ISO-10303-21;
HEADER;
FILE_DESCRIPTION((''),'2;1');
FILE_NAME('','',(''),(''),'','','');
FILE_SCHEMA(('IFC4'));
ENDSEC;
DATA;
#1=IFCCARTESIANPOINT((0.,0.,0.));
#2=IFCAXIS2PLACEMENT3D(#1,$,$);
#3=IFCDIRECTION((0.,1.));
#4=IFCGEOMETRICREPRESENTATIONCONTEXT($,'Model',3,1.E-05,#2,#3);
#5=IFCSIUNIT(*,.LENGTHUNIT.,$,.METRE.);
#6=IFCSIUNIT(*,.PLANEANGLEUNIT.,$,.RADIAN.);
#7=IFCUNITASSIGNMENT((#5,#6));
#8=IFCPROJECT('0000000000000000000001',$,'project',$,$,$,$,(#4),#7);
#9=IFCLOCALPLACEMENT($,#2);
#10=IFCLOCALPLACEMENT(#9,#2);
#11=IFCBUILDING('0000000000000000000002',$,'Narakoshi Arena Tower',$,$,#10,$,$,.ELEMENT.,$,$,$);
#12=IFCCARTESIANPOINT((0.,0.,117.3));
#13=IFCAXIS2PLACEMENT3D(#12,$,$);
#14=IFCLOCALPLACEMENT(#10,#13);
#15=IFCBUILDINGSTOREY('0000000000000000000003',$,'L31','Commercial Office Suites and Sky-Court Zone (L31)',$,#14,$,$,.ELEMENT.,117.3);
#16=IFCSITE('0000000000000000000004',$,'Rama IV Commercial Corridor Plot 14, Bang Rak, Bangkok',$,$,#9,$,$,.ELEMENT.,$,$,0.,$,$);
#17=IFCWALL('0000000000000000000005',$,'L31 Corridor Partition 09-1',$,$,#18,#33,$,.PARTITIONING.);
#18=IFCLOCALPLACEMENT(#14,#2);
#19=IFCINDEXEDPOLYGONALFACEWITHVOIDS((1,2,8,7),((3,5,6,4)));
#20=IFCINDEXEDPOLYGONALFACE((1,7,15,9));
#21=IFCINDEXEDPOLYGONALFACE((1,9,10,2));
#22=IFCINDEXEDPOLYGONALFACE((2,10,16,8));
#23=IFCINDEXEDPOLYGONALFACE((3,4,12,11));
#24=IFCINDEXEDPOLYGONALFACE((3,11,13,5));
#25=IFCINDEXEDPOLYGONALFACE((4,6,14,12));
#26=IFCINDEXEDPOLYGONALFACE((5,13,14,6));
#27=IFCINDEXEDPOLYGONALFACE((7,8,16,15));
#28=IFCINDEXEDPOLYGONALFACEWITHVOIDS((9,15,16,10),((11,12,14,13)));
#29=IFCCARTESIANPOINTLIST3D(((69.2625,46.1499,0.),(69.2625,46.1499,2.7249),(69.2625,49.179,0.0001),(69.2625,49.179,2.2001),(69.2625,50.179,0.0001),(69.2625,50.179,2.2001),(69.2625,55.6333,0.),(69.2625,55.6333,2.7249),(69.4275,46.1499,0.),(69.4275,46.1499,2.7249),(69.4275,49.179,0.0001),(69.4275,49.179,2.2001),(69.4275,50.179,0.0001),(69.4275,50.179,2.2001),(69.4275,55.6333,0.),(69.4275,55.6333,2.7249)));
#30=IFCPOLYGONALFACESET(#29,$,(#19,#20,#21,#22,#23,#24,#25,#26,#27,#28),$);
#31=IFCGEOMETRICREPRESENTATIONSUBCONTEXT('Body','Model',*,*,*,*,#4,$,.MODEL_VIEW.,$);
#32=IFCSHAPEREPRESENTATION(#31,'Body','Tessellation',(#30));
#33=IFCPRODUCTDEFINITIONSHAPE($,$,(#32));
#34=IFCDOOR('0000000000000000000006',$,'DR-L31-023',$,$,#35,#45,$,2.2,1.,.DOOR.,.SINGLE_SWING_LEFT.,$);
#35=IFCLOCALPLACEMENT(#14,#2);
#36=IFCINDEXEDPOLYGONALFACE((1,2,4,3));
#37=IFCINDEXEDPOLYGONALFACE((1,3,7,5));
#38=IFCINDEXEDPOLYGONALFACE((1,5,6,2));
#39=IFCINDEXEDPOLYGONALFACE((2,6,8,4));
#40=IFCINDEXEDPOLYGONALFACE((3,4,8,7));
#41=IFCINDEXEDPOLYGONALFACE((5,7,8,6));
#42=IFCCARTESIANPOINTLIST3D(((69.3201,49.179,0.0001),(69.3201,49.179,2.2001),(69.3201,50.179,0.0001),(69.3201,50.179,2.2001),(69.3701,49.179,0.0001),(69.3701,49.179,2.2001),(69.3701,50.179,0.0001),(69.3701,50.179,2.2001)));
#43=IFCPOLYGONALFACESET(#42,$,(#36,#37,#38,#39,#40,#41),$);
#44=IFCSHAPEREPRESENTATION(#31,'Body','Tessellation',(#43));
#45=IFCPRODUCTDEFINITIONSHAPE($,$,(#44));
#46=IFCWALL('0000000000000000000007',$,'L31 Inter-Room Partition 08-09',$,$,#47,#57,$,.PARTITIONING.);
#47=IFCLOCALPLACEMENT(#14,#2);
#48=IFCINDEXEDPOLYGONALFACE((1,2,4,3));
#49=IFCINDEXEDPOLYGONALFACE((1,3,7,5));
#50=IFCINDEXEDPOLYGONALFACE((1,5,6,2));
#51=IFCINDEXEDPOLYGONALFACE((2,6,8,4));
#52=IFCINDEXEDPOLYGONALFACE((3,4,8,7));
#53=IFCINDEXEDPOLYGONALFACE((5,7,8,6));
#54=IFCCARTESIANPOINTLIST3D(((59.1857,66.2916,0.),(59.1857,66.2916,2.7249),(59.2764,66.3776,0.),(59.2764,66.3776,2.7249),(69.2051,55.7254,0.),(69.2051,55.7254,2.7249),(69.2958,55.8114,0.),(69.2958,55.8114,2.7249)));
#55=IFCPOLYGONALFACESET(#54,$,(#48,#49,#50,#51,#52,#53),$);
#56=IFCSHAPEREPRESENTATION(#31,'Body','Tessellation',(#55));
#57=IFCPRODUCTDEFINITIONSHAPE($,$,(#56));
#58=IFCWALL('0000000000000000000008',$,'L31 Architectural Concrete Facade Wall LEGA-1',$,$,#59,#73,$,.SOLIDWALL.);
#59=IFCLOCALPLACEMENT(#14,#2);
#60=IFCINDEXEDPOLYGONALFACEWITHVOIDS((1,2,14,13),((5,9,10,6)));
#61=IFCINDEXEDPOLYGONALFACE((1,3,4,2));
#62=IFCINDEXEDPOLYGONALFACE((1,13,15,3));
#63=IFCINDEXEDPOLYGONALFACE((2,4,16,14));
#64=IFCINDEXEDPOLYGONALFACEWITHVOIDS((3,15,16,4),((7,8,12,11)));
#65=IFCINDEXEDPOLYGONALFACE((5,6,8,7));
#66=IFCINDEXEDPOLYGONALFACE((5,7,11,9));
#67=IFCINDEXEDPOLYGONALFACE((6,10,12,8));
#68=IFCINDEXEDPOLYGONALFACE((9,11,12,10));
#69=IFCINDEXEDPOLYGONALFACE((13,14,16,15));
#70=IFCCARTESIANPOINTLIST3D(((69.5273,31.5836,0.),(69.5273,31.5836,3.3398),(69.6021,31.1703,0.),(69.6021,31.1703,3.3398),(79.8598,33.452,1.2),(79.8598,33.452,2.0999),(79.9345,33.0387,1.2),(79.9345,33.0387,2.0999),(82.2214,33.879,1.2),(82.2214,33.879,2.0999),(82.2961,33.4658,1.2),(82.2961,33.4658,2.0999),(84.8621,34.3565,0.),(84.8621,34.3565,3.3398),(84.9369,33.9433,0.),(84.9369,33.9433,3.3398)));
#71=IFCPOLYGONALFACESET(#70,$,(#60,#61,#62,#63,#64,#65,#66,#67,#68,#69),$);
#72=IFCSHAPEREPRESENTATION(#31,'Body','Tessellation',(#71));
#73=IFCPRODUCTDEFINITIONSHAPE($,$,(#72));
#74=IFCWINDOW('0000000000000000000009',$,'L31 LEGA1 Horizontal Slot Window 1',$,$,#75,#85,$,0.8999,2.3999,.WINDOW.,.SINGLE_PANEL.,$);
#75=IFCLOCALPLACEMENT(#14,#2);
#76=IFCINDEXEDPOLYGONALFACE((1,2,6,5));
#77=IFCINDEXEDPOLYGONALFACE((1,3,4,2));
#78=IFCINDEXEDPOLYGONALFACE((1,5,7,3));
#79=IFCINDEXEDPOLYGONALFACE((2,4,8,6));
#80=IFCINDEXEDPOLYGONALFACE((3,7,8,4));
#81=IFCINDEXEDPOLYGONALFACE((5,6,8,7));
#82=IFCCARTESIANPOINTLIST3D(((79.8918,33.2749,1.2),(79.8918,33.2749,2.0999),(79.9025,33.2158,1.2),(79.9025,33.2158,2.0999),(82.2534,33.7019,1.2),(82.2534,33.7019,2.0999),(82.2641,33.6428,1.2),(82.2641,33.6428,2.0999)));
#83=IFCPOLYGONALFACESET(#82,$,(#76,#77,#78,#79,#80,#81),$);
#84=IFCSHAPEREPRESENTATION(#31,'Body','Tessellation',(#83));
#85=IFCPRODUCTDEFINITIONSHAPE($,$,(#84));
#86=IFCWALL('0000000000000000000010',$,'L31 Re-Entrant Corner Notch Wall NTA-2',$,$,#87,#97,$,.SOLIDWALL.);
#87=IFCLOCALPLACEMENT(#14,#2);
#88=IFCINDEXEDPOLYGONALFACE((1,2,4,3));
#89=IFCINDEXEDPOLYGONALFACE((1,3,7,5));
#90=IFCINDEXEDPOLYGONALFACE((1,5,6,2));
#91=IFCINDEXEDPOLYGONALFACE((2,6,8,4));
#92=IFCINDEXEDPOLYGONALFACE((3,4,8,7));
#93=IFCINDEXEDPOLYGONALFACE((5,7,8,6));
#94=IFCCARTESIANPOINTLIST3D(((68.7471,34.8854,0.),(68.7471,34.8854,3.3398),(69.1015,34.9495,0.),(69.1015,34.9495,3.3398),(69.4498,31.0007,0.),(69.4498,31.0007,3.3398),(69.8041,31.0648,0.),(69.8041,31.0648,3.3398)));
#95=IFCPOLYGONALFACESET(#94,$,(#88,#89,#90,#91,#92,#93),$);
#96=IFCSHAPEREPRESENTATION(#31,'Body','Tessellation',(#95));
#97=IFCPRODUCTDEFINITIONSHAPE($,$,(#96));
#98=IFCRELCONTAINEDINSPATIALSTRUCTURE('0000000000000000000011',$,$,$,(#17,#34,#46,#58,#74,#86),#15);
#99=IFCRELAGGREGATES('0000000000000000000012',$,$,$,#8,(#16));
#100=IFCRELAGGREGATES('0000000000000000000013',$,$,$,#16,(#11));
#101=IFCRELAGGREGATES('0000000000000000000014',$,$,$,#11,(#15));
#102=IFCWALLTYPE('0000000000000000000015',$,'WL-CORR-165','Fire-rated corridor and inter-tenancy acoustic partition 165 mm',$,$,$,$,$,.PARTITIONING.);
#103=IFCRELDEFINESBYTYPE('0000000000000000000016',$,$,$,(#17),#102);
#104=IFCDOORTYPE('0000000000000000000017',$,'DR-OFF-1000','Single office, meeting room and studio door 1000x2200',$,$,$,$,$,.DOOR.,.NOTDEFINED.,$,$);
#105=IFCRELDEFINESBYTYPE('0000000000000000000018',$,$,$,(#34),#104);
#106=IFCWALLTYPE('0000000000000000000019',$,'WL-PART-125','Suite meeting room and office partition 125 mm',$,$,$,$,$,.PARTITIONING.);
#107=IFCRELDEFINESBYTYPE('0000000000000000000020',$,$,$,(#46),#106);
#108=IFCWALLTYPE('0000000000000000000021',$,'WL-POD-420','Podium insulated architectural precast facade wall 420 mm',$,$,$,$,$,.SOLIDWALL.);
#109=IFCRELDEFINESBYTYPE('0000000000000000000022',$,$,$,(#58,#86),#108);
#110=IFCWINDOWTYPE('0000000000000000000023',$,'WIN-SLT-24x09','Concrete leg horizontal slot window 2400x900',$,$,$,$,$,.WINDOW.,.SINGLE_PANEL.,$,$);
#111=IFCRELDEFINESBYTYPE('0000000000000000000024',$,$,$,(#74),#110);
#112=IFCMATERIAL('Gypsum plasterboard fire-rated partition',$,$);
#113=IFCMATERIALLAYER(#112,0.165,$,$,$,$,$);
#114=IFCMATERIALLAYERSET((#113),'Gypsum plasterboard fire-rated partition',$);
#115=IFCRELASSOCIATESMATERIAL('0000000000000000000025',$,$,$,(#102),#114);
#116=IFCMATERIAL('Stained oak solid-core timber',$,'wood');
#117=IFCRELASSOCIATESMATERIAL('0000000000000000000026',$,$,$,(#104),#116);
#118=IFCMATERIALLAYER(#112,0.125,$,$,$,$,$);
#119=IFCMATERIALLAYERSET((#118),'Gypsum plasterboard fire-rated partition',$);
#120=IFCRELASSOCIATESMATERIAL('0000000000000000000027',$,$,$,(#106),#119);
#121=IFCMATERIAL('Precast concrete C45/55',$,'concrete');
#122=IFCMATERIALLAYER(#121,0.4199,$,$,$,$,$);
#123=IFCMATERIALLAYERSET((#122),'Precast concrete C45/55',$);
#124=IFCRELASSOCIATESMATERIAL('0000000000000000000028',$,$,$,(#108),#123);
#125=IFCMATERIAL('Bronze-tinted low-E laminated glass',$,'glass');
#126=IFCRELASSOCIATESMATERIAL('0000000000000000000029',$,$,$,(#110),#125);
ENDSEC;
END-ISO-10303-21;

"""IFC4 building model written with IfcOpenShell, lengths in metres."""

from ifc_helpers import new_model, si_unit, direction, frame, frame_2d, origin, place, context, subcontext, project, spatial, rectangle, extrude, material, layer, layer_set, type_object, element, fill, save


model = new_model("IFC4")

# Units and contexts
model_context = context("Model", 3, precision=1e-05, world=origin(), true_north=direction((0.0, 1.0)))
body_context = subcontext(model_context, "Body", "Model", "MODEL_VIEW")
ifc_project = project(units=[si_unit("LENGTHUNIT", "METRE"), si_unit("PLANEANGLEUNIT", "RADIAN")], contexts=[model_context])

# Site, building, storey
site_placement = place(None, origin())
site = spatial("IfcSite", under=ifc_project, at=site_placement, Name="Rama IV Commercial Corridor Plot 14, Bang Rak, Bangkok", CompositionType="ELEMENT", RefElevation=0.0)
building_placement = place(site_placement, origin())
building = spatial("IfcBuilding", under=site, at=building_placement, Name="Narakoshi Arena Tower", CompositionType="ELEMENT")
storey_placement = place(building_placement, frame((0.0, 0.0, 117.3)))
storey = spatial("IfcBuildingStorey", under=building, at=storey_placement, Name="L31", Description="Commercial Office Suites and Sky-Court Zone (L31)", CompositionType="ELEMENT", Elevation=117.3)

# Wall, opening, door
ifc_material_1 = material(Name="Gypsum plasterboard fire-rated partition")
ifc_layer_1 = layer(ifc_material_1, 0.165)
ifc_layer_set_1 = layer_set([ifc_layer_1], Name="Gypsum plasterboard fire-rated partition")
wall_type_1 = type_object("IfcWallType", Name="WL-CORR-165", Description="Fire-rated corridor and inter-tenancy acoustic partition 165 mm", PredefinedType="PARTITIONING", material=ifc_layer_set_1)
ifc_material_2 = material(Name="Stained oak solid-core timber", Category="wood")
door_type_1 = type_object("IfcDoorType", Name="DR-OFF-1000", Description="Single office, meeting room and studio door 1000x2200", OperationType="NOTDEFINED", PredefinedType="DOOR", material=ifc_material_2)
wall_1_placement = place(storey_placement, frame((69.345, 55.6333, 0.0), z_axis=(0.0, 0.0, 1.0), x_axis=(0.0, -1.0, 0.0)))
wall_1 = element("IfcWall", 1, at=wall_1_placement, inside=storey, type_object=wall_type_1, Name="L31 Corridor Partition 09-1", PredefinedType="PARTITIONING", context=body_context, shape_type="SweptSolid", body=[
    extrude(rectangle(XDim=9.4834, YDim=0.165, at=frame_2d((4.7417, 0.0))), origin(), (0.0, 0.0, 1.0), 2.7249),
])
opening_1_placement = place(wall_1_placement, frame((5.4543, 0.0, 0.0)))
opening_1 = element("IfcOpeningElement", 2, at=opening_1_placement, cuts=wall_1, PredefinedType="OPENING", context=body_context, shape_type="SweptSolid", body=[
    extrude(rectangle(XDim=1.0, YDim=2.2, at=frame_2d((0.5, 1.1001))), frame((0.0, 0.0925, 0.0), z_axis=(0.0, -1.0, 0.0), x_axis=(1.0, 0.0, 0.0)), (0.0, 0.0, 1.0), 0.1851),
])
door_1_placement = place(opening_1_placement, frame((1.0, 0.0, 0.0), z_axis=(0.0, 0.0, 1.0), x_axis=(-1.0, 0.0, 0.0)))
door_1 = element("IfcDoor", 3, at=door_1_placement, inside=storey, type_object=door_type_1, Name="DR-L31-023", OperationType="SINGLE_SWING_LEFT", OverallHeight=2.2, OverallWidth=1.0, PredefinedType="DOOR", context=body_context, shape_type="SweptSolid", body=[
    extrude(rectangle(XDim=1.0, YDim=2.2, at=frame_2d((0.5, 1.1001))), frame((0.0, 0.0249, 0.0), z_axis=(0.0, -1.0, 0.0), x_axis=(1.0, 0.0, 0.0)), (0.0, 0.0, 1.0), 0.05),
])
fill(opening_1, door_1)

# Wall
ifc_layer_2 = layer(ifc_material_1, 0.125)
ifc_layer_set_2 = layer_set([ifc_layer_2], Name="Gypsum plasterboard fire-rated partition")
wall_type_2 = type_object("IfcWallType", Name="WL-PART-125", Description="Suite meeting room and office partition 125 mm", PredefinedType="PARTITIONING", material=ifc_layer_set_2)
wall_2_placement = place(storey_placement, frame((69.2505, 55.7683, 0.0), z_axis=(0.0, 0.0, 1.0), x_axis=(-0.688079, 0.725636, 0.0)))
element("IfcWall", 4, at=wall_2_placement, inside=storey, type_object=wall_type_2, Name="L31 Inter-Room Partition 08-09", PredefinedType="PARTITIONING", context=body_context, shape_type="SweptSolid", body=[
    extrude(rectangle(XDim=14.5613, YDim=0.125, at=frame_2d((7.2808, 0.0))), origin(), (0.0, 0.0, 1.0), 2.7249),
])

# Wall, opening, window
ifc_material_3 = material(Name="Precast concrete C45/55", Category="concrete")
ifc_layer_3 = layer(ifc_material_3, 0.4199)
ifc_layer_set_3 = layer_set([ifc_layer_3], Name="Precast concrete C45/55")
wall_type_3 = type_object("IfcWallType", Name="WL-POD-420", Description="Podium insulated architectural precast facade wall 420 mm", PredefinedType="SOLIDWALL", material=ifc_layer_set_3)
wall_3_placement = place(storey_placement, frame((69.5647, 31.377, 0.0), z_axis=(0.0, 0.0, 1.0), x_axis=(0.984041, 0.177942, 0.0)))
wall_3 = element("IfcWall", 5, at=wall_3_placement, inside=storey, type_object=wall_type_3, Name="L31 Architectural Concrete Facade Wall LEGA-1", PredefinedType="SOLIDWALL", context=body_context, shape_type="SweptSolid", body=[
    extrude(rectangle(XDim=15.5835, YDim=0.4199, at=frame_2d((7.7917, 0.0))), origin(), (0.0, 0.0, 1.0), 3.3398),
])
opening_2_placement = place(wall_3_placement, frame((10.5, 0.0, 1.2)))
opening_2 = element("IfcOpeningElement", 6, at=opening_2_placement, cuts=wall_3, PredefinedType="OPENING", context=body_context, shape_type="SweptSolid", body=[
    extrude(rectangle(XDim=2.3999, YDim=0.8999, at=frame_2d((1.2, 0.45))), frame((0.0, 0.22, 0.0), z_axis=(0.0, -1.0, 0.0), x_axis=(1.0, 0.0, 0.0)), (0.0, 0.0, 1.0), 0.4399),
])
ifc_material_4 = material(Name="Bronze-tinted low-E laminated glass", Category="glass")
window_type = type_object("IfcWindowType", Name="WIN-SLT-24x09", Description="Concrete leg horizontal slot window 2400x900", PartitioningType="SINGLE_PANEL", PredefinedType="WINDOW", material=ifc_material_4)
window_placement = place(opening_2_placement, origin())
window = element("IfcWindow", 7, at=window_placement, inside=storey, type_object=window_type, Name="L31 LEGA1 Horizontal Slot Window 1", OverallHeight=0.8999, OverallWidth=2.3999, PartitioningType="SINGLE_PANEL", PredefinedType="WINDOW", context=body_context, shape_type="SweptSolid", body=[
    extrude(rectangle(XDim=2.3999, YDim=0.8999, at=frame_2d((1.2, 0.45))), frame((0.0, 0.03, 0.0), z_axis=(0.0, -1.0, 0.0), x_axis=(1.0, 0.0, 0.0)), (0.0, 0.0, 1.0), 0.0601),
])
fill(opening_2, window)

# Wall
wall_4_placement = place(storey_placement, frame((68.9243, 34.9175, 0.0), z_axis=(0.0, 0.0, 1.0), x_axis=(0.177982, -0.984034, 0.0)))
element("IfcWall", 8, at=wall_4_placement, inside=storey, type_object=wall_type_3, Name="L31 Re-Entrant Corner Notch Wall NTA-2", PredefinedType="SOLIDWALL", context=body_context, shape_type="SweptSolid", body=[
    extrude(rectangle(XDim=3.9478, YDim=0.3601, at=frame_2d((1.9739, 0.0))), origin(), (0.0, 0.0, 1.0), 3.3398),
])

save(model, "model.ifc")
